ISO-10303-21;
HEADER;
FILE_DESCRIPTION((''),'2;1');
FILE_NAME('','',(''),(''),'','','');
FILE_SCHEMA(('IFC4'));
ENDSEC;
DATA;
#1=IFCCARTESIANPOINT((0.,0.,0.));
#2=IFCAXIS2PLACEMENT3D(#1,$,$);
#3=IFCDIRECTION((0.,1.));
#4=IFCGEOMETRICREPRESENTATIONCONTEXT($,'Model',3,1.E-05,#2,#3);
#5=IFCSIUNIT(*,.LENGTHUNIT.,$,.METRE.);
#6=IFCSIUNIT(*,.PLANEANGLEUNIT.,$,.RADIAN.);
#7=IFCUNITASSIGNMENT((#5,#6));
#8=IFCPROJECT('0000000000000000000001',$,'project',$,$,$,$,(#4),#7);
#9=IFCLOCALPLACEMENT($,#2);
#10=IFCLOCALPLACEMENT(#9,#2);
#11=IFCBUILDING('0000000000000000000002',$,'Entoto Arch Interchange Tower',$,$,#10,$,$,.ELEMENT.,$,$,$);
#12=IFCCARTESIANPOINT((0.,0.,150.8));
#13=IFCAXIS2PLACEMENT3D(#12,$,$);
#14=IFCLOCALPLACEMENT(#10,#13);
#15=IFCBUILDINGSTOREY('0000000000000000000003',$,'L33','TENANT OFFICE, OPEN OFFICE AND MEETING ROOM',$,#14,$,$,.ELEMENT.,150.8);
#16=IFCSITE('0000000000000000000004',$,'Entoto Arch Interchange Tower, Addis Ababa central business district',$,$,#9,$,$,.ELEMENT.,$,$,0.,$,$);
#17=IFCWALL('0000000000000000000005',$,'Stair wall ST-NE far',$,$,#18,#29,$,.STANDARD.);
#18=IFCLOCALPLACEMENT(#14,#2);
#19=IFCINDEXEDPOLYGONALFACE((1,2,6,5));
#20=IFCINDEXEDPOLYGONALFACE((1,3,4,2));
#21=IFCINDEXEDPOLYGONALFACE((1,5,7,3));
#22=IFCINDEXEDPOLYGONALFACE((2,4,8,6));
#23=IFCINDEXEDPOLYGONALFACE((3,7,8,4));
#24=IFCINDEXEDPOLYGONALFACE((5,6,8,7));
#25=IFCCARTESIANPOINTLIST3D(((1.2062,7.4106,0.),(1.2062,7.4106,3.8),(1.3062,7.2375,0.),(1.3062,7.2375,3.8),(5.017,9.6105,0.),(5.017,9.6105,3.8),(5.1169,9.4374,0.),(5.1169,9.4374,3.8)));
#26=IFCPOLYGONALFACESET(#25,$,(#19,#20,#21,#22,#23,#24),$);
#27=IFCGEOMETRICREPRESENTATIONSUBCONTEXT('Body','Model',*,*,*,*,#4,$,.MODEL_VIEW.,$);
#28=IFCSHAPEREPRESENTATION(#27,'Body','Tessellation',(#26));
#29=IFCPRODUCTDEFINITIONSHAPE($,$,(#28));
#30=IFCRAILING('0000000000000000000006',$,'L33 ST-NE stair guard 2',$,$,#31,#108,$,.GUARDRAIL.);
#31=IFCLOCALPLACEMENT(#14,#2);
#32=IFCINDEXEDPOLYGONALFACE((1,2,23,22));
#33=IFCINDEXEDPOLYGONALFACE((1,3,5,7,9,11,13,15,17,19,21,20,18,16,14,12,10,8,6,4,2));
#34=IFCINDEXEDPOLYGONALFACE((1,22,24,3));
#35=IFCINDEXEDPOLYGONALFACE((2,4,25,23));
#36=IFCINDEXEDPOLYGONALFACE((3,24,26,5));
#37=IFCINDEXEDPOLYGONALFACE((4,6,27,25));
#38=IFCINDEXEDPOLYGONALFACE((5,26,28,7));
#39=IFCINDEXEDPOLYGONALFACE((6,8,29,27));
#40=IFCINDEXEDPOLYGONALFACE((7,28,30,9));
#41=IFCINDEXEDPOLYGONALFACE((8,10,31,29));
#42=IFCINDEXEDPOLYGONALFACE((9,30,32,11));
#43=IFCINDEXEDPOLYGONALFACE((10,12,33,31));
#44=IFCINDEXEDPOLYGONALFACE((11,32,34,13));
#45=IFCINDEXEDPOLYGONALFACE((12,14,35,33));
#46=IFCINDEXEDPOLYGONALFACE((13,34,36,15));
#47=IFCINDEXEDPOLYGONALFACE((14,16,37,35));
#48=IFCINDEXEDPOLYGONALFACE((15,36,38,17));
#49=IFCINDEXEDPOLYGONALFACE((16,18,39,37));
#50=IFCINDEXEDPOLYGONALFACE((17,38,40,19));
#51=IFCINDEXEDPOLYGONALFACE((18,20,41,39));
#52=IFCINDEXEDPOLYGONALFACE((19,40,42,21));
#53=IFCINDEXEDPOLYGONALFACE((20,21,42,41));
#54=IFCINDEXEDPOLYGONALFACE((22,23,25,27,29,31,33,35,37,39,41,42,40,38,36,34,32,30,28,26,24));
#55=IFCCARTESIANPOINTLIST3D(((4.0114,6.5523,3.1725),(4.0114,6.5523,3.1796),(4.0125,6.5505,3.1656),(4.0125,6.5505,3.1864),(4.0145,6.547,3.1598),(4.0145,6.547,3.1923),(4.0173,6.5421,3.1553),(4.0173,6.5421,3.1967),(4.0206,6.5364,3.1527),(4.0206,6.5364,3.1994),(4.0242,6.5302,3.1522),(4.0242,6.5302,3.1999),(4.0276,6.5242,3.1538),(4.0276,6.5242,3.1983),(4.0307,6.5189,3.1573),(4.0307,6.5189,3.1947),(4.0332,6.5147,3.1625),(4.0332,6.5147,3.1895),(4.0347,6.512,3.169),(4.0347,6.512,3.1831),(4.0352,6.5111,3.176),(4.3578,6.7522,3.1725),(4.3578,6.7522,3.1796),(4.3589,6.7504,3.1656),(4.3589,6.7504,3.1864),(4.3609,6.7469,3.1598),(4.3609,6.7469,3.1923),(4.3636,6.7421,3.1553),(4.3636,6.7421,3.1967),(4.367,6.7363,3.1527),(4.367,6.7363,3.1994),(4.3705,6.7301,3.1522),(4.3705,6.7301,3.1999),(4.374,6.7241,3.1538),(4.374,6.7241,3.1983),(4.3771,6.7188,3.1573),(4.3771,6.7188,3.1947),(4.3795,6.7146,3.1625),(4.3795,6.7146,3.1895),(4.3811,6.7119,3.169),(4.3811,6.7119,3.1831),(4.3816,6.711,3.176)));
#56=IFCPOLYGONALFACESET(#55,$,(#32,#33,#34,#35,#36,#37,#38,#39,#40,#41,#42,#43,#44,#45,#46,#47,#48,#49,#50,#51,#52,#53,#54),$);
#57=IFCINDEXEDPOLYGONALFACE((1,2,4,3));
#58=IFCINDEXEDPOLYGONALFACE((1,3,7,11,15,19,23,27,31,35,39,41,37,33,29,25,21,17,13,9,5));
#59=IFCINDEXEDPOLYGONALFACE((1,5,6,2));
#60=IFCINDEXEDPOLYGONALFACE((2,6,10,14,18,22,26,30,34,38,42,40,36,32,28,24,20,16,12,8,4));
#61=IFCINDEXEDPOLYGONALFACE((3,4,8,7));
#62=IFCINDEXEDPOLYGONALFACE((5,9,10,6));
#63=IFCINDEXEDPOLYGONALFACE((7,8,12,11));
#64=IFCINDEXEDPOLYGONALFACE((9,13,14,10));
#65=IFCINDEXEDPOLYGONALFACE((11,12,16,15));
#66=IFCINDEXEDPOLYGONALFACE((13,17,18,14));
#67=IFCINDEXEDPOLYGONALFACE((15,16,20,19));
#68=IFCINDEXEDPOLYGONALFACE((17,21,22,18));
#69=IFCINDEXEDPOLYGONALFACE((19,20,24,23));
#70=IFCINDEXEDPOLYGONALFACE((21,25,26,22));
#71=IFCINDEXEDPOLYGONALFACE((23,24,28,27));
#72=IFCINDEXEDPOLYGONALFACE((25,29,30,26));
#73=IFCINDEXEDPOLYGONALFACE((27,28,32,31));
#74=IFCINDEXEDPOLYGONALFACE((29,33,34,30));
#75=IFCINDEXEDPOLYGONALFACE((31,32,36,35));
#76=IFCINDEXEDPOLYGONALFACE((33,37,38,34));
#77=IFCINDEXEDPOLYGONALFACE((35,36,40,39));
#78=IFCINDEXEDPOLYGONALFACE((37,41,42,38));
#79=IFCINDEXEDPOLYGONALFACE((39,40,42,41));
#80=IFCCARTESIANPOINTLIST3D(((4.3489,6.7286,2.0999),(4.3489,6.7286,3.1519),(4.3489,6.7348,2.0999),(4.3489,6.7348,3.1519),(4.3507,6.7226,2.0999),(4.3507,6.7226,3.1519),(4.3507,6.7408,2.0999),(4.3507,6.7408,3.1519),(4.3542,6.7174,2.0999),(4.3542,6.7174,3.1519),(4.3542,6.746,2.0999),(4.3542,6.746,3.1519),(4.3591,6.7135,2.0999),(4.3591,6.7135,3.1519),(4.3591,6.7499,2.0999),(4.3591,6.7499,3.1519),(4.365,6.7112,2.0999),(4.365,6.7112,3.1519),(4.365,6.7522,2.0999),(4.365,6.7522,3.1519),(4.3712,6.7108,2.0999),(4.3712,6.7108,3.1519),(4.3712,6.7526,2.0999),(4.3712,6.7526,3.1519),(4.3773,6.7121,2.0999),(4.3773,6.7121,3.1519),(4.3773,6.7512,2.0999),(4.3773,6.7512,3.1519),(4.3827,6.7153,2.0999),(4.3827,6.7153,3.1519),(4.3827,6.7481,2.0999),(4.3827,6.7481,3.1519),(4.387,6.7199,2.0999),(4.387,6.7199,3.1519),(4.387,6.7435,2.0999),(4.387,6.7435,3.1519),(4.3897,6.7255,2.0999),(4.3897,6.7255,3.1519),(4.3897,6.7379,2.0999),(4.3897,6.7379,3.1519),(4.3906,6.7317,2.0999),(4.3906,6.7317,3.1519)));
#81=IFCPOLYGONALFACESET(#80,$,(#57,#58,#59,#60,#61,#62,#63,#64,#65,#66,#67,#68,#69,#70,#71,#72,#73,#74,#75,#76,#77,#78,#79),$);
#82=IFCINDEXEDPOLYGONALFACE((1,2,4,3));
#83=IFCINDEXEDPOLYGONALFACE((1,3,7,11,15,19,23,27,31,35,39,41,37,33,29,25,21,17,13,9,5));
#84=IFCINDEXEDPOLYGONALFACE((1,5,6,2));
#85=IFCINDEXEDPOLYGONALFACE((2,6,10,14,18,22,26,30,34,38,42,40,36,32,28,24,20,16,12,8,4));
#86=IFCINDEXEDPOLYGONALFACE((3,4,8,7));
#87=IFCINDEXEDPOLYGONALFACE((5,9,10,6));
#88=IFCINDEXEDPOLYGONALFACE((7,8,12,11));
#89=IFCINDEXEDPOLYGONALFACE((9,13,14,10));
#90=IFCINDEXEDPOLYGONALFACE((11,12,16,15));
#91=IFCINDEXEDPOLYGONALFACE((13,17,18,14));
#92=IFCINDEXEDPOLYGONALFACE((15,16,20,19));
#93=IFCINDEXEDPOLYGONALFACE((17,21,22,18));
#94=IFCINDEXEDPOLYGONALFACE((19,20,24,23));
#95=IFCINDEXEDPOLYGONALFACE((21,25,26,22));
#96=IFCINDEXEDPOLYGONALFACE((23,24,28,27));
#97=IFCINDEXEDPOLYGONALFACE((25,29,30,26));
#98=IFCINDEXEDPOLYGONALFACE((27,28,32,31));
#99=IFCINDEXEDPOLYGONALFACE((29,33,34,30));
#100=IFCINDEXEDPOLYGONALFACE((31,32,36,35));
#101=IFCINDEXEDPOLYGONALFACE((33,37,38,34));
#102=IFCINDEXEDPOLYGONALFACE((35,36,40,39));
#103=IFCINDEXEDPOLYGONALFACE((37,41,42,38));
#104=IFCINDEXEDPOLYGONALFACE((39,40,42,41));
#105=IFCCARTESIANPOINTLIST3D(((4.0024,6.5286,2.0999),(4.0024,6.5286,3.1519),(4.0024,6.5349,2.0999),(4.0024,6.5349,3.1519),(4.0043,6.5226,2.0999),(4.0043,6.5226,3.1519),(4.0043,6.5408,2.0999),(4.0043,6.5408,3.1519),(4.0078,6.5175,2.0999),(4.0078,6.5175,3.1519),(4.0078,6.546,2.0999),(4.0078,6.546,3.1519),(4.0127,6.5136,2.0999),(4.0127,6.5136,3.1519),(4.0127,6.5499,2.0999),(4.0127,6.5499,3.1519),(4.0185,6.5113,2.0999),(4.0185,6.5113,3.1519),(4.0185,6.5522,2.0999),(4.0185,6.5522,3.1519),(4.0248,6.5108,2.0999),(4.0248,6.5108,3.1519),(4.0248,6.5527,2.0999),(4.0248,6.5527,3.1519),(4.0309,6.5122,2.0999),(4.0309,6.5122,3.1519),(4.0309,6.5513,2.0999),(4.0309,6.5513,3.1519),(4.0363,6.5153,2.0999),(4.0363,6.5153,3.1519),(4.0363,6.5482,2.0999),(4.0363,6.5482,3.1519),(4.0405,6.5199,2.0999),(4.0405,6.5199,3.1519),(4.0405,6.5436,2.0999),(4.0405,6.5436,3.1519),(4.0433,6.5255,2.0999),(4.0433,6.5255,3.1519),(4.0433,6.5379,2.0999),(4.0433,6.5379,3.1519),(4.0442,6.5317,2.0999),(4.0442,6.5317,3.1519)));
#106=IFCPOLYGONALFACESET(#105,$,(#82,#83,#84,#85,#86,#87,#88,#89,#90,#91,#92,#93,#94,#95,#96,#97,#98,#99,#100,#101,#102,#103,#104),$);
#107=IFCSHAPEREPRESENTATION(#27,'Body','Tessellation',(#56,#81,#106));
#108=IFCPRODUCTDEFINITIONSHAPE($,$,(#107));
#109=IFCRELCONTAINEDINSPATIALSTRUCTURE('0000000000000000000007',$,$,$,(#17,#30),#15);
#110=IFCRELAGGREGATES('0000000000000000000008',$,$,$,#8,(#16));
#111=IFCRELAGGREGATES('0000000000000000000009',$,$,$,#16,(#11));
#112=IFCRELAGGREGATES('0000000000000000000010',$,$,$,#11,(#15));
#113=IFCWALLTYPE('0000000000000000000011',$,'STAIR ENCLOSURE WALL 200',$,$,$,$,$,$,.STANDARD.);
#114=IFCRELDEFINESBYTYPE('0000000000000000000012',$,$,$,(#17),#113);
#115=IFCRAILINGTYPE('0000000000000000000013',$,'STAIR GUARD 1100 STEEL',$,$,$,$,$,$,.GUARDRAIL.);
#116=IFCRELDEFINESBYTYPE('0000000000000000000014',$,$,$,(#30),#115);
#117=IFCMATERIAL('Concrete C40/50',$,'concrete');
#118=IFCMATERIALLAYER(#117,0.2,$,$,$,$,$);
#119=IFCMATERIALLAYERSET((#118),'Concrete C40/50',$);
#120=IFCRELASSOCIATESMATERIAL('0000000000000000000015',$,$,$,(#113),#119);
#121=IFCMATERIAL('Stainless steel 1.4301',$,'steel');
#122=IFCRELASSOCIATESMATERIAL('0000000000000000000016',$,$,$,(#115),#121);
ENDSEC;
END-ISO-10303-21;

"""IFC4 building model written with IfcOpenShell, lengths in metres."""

from ifc_helpers import new_model, si_unit, direction, frame, frame_2d, origin, origin_2d, place, context, subcontext, project, spatial, rectangle, circle, extrude, material, layer, layer_set, type_object, element, save


model = new_model("IFC4")

# Units and contexts
model_context = context("Model", 3, precision=1e-05, world=origin(), true_north=direction((0.0, 1.0)))
body_context = subcontext(model_context, "Body", "Model", "MODEL_VIEW")
ifc_project = project(units=[si_unit("LENGTHUNIT", "METRE"), si_unit("PLANEANGLEUNIT", "RADIAN")], contexts=[model_context])

# Site, building, storey
site_placement = place(None, origin())
site = spatial("IfcSite", under=ifc_project, at=site_placement, Name="Entoto Arch Interchange Tower, Addis Ababa central business district", CompositionType="ELEMENT", RefElevation=0.0)
building_placement = place(site_placement, origin())
building = spatial("IfcBuilding", under=site, at=building_placement, Name="Entoto Arch Interchange Tower", CompositionType="ELEMENT")
storey_placement = place(building_placement, frame((0.0, 0.0, 150.8)))
storey = spatial("IfcBuildingStorey", under=building, at=storey_placement, Name="L33", Description="TENANT OFFICE, OPEN OFFICE AND MEETING ROOM", CompositionType="ELEMENT", Elevation=150.8)

# Wall
ifc_material_1 = material(Name="Concrete C40/50", Category="concrete")
ifc_layer_1 = layer(ifc_material_1, 0.2)
ifc_layer_set_1 = layer_set([ifc_layer_1], Name="Concrete C40/50")
wall_type_1 = type_object("IfcWallType", Name="STAIR ENCLOSURE WALL 200", PredefinedType="STANDARD", material=ifc_layer_set_1)
wall_1_placement = place(storey_placement, frame((1.2561, 7.324, 0.0), z_axis=(0.0, 0.0, 1.0), x_axis=(0.866046, 0.499964, 0.0)))
element("IfcWall", 1, at=wall_1_placement, inside=storey, type_object=wall_type_1, Name="Stair wall ST-NE far", PredefinedType="STANDARD", context=body_context, shape_type="SweptSolid", body=[
    extrude(rectangle(XDim=4.4001, YDim=0.2, at=frame_2d((2.2002, 0.0))), origin(), (0.0, 0.0, 1.0), 3.8),
])

# Railing
ifc_material_2 = material(Name="Stainless steel 1.4301", Category="steel")
railing_type = type_object("IfcRailingType", Name="STAIR GUARD 1100 STEEL", PredefinedType="GUARDRAIL", material=ifc_material_2)
railing_1_placement = place(storey_placement, frame((4.3696, 6.7317, 2.0999)))
element("IfcRailing", 2, at=railing_1_placement, inside=storey, type_object=railing_type, Name="L33 ST-NE stair guard 2", PredefinedType="GUARDRAIL", context=body_context, shape_type="SweptSolid", body=[
    extrude(circle(Radius=0.0239, at=origin_2d()), frame((0.0, 0.0, 1.0762), z_axis=(-0.866094, -0.499881, 0.0), x_axis=(0.499881, -0.866094, 0.0)), (0.0, 0.0, 1.0), 0.3999),
    extrude(circle(Radius=0.021, at=origin_2d()), origin(), (0.0, 0.0, 1.0), 1.052),
    extrude(circle(Radius=0.021, at=origin_2d()), frame((-0.3464, -0.2, 0.0)), (0.0, 0.0, 1.0), 1.052),
])

save(model, "model.ifc")
